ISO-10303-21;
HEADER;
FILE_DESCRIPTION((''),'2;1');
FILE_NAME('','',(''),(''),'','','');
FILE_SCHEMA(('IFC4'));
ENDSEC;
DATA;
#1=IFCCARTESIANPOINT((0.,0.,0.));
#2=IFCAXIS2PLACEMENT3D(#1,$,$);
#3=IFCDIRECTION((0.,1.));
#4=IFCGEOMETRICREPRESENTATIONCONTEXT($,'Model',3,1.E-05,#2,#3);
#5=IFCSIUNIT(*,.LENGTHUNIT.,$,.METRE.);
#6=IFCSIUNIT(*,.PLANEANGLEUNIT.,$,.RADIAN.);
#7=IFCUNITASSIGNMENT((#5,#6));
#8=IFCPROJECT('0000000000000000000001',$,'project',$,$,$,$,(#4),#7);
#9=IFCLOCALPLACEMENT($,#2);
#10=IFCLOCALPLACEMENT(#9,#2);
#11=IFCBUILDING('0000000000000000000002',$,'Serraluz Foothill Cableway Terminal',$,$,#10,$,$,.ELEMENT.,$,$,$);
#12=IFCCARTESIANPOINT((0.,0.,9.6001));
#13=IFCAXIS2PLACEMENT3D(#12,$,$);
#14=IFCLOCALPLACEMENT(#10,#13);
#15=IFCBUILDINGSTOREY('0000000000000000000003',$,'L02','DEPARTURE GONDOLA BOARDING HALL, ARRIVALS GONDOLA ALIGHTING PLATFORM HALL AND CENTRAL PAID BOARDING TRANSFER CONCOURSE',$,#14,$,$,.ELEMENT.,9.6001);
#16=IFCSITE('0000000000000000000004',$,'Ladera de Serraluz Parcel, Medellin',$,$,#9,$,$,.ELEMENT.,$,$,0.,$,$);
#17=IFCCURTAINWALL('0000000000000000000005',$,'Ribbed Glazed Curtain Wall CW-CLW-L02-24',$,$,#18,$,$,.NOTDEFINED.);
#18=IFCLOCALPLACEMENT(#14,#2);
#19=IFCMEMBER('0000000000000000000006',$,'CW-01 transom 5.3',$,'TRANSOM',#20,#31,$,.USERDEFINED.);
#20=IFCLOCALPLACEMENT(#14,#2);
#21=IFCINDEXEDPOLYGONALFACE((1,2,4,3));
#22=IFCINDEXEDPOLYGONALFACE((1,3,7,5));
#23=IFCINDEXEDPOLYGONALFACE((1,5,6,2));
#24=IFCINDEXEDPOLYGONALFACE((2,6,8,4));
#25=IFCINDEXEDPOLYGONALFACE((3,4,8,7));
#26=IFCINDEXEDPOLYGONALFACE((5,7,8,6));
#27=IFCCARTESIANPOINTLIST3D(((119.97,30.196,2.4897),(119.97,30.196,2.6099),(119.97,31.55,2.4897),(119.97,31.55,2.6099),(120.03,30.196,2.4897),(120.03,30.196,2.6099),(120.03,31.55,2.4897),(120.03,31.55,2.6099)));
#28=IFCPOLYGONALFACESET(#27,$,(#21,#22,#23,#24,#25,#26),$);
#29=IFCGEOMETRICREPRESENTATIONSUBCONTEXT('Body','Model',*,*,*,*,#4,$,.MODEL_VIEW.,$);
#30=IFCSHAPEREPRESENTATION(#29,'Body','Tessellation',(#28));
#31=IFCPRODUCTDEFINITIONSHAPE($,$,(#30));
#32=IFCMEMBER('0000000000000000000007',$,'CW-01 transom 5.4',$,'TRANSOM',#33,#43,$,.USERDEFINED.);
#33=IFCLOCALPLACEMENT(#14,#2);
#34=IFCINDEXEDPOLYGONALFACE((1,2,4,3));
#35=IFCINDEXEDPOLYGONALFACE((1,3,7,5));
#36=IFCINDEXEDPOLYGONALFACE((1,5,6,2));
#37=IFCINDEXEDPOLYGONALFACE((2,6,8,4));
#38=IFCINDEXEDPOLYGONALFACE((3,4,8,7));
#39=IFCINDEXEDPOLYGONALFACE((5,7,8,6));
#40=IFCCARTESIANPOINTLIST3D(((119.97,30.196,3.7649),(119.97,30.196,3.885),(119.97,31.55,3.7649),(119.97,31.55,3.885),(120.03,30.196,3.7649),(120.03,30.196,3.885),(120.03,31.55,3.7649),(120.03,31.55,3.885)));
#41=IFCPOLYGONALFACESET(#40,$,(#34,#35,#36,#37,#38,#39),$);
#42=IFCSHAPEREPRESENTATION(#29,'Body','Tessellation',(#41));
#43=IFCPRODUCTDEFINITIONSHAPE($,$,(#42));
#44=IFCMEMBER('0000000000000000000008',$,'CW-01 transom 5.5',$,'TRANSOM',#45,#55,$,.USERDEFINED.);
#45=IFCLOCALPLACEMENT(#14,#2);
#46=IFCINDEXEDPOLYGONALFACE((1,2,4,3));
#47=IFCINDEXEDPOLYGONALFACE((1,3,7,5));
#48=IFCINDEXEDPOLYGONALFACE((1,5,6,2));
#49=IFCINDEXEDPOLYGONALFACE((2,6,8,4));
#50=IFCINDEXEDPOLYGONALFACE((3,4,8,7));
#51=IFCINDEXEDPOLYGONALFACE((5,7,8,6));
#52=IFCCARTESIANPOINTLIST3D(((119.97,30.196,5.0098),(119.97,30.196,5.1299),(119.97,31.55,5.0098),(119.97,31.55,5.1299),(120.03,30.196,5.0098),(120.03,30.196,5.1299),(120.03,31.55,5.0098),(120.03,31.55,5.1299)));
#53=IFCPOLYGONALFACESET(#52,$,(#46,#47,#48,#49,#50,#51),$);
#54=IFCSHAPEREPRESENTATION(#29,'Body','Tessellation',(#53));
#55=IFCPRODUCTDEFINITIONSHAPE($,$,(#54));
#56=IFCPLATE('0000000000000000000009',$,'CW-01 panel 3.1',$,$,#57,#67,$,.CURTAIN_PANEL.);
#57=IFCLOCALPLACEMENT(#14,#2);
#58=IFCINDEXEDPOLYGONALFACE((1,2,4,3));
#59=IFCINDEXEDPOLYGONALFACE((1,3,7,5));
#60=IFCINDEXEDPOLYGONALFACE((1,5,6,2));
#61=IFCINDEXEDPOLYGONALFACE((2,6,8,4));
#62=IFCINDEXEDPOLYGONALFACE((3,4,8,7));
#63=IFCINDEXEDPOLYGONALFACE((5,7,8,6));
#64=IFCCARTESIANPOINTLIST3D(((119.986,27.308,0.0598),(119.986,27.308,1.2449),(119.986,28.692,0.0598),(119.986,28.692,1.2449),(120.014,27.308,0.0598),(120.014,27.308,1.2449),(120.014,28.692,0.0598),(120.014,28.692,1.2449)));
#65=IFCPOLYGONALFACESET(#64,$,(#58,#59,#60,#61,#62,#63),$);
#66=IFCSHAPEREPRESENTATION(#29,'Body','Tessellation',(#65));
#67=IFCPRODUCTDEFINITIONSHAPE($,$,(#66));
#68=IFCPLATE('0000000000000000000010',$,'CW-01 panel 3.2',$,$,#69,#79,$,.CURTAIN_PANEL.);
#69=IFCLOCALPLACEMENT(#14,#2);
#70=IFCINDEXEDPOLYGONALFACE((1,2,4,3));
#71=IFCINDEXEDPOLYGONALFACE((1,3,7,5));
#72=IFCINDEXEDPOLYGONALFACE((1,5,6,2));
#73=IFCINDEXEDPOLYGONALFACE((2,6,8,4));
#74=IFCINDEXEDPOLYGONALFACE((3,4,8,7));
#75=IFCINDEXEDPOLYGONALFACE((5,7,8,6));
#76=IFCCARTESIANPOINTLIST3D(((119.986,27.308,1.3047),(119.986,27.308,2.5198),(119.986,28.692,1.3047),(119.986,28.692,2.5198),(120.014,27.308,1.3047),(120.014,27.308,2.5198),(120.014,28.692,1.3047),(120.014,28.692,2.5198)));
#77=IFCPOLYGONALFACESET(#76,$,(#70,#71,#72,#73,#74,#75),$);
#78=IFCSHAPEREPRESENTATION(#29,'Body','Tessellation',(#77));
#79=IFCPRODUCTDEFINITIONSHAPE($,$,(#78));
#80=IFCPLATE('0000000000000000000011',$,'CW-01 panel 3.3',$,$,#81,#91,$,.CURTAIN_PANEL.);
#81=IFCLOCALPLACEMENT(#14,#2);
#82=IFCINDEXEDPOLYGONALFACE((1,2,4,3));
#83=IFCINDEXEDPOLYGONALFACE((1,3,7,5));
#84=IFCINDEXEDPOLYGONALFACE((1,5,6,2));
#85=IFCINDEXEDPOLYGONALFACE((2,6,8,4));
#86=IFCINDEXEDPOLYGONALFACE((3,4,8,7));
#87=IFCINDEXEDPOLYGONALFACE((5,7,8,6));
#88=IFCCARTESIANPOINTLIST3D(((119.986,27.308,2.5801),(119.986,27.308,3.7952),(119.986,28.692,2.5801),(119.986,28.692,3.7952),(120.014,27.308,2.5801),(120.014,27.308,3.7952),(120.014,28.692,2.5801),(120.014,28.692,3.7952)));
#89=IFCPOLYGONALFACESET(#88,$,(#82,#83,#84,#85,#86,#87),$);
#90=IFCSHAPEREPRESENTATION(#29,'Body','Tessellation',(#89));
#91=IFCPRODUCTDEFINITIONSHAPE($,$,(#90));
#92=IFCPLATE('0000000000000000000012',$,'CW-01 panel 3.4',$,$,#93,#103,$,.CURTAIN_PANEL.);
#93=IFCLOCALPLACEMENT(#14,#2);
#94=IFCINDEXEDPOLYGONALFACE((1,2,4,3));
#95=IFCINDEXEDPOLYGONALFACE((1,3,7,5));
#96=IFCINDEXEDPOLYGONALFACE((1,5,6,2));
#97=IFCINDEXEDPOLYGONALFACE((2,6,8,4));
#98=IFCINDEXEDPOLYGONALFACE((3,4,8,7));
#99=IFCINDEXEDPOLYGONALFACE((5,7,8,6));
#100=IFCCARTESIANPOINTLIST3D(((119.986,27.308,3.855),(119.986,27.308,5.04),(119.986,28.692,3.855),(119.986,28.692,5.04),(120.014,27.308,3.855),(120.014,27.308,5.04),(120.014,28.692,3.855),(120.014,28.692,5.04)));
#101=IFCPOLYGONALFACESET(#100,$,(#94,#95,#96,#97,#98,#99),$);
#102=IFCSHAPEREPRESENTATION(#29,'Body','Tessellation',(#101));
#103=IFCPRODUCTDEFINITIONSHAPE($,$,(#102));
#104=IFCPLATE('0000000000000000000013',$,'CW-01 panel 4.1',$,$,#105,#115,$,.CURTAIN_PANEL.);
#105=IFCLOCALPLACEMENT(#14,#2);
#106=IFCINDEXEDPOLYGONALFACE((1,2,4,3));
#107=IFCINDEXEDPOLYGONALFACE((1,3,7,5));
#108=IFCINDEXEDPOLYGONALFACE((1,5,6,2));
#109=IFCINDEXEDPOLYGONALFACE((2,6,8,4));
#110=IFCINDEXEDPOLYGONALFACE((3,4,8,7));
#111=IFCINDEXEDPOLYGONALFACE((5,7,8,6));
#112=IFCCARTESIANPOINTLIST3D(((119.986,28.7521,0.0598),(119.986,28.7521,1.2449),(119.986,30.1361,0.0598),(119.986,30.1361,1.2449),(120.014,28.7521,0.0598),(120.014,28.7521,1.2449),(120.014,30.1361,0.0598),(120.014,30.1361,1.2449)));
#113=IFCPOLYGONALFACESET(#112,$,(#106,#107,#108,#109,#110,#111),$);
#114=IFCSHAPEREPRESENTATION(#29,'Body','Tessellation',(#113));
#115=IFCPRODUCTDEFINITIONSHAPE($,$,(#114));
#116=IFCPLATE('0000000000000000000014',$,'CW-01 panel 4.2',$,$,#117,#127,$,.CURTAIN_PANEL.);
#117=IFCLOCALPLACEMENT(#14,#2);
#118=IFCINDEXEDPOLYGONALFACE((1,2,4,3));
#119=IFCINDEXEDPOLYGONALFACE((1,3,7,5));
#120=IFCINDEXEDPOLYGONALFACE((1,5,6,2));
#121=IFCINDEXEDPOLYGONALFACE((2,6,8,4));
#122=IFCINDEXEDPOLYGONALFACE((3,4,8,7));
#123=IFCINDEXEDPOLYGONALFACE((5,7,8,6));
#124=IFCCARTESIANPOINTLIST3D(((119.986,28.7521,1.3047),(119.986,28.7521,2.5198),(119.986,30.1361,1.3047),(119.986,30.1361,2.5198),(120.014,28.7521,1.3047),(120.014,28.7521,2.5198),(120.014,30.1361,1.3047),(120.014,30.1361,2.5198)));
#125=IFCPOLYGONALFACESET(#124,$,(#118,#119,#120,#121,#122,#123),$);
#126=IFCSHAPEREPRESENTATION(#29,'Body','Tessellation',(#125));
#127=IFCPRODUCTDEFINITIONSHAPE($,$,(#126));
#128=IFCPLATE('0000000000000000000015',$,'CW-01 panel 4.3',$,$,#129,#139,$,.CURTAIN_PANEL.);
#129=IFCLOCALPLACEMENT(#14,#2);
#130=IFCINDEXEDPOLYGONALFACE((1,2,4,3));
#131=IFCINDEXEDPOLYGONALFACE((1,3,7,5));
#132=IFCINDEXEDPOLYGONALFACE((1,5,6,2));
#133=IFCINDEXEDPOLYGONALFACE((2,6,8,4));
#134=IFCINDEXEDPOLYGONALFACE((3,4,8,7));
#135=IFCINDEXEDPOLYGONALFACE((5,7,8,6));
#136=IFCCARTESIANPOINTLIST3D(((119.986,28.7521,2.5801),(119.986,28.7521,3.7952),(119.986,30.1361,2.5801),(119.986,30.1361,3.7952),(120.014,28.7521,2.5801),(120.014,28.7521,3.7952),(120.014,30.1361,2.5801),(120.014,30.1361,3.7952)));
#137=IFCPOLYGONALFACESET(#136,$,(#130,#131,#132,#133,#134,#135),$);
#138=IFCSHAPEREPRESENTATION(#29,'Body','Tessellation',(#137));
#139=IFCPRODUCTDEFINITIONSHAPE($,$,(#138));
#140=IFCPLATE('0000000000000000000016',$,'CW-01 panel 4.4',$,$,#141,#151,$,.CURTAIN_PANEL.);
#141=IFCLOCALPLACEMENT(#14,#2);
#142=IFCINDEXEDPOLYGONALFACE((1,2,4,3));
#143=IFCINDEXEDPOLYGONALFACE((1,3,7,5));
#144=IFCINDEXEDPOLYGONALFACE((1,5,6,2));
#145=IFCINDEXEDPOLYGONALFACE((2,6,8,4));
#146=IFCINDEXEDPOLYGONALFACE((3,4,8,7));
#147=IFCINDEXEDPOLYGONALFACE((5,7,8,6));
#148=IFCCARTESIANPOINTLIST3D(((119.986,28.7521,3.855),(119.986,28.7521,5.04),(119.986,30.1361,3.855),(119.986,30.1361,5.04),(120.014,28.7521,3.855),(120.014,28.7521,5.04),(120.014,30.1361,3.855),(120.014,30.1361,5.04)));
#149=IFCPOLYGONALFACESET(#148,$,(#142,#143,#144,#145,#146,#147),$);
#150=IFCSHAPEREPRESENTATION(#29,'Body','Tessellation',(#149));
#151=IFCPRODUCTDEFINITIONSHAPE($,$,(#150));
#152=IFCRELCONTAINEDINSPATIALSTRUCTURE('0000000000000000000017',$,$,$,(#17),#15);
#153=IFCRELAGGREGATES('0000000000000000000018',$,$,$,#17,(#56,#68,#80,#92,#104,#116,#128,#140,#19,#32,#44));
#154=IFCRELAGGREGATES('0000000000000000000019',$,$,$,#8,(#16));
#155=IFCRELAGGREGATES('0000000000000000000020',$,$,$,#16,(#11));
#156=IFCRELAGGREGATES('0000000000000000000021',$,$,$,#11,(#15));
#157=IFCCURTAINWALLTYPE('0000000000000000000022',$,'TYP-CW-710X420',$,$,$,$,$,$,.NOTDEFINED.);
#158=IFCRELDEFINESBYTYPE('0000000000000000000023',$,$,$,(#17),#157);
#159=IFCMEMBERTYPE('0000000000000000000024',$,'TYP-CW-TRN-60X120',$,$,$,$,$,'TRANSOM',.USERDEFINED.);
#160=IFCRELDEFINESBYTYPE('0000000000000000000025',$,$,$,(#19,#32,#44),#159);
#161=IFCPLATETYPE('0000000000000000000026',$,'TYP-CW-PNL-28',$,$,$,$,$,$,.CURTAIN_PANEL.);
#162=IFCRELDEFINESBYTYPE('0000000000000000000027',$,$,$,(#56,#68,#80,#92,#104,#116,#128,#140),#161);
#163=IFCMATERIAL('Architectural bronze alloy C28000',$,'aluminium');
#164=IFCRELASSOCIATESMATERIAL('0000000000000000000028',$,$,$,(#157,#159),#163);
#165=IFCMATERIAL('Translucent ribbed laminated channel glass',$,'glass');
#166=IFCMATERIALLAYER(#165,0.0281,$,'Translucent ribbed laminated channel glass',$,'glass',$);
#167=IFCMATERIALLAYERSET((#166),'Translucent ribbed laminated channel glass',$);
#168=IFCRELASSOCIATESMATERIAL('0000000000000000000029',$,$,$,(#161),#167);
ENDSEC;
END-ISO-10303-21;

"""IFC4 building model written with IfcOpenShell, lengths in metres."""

from ifc_helpers import new_model, si_unit, direction, frame, origin, origin_2d, place, context, subcontext, project, spatial, rectangle, extrude, material, layer, layer_set, material_profile, profile_set, type_object, element, aggregate, save


model = new_model("IFC4")

# Units and contexts
model_context = context("Model", 3, precision=1e-05, world=origin(), true_north=direction((0.0, 1.0)))
body_context = subcontext(model_context, "Body", "Model", "MODEL_VIEW")
ifc_project = project(units=[si_unit("LENGTHUNIT", "METRE"), si_unit("PLANEANGLEUNIT", "RADIAN")], contexts=[model_context])

# Site, building, storey
site_placement = place(None, origin())
site = spatial("IfcSite", under=ifc_project, at=site_placement, Name="Ladera de Serraluz Parcel, Medellin", CompositionType="ELEMENT", RefElevation=0.0)
building_placement = place(site_placement, origin())
building = spatial("IfcBuilding", under=site, at=building_placement, Name="Serraluz Foothill Cableway Terminal", CompositionType="ELEMENT")
storey_placement = place(building_placement, frame((0.0, 0.0, 9.6001)))
storey = spatial("IfcBuildingStorey", under=building, at=storey_placement, Name="L02", Description="DEPARTURE GONDOLA BOARDING HALL, ARRIVALS GONDOLA ALIGHTING PLATFORM HALL AND CENTRAL PAID BOARDING TRANSFER CONCOURSE", CompositionType="ELEMENT", Elevation=9.6001)

# Curtain wall, members, plates
ifc_material_1 = material(Name="Architectural bronze alloy C28000", Category="aluminium")
curtain_wall_type = type_object("IfcCurtainWallType", Name="TYP-CW-710X420", PredefinedType="NOTDEFINED", material=ifc_material_1)
curtain_wall_placement = place(storey_placement, origin())
curtain_wall = element("IfcCurtainWall", 1, at=curtain_wall_placement, inside=storey, type_object=curtain_wall_type, Name="Ribbed Glazed Curtain Wall CW-CLW-L02-24", PredefinedType="NOTDEFINED")
ifc_material_profile_1 = material_profile(ifc_material_1, rectangle(XDim=0.0601, YDim=0.1201, at=origin_2d()), Name="ALU TRANSOM 60x120")
ifc_profile_set_1 = profile_set([ifc_material_profile_1], Name="Architectural bronze alloy C28000")
member_type_1 = type_object("IfcMemberType", Name="TYP-CW-TRN-60X120", ElementType="TRANSOM", PredefinedType="USERDEFINED", material=ifc_profile_set_1)
member_1_placement = place(storey_placement, frame((120.0, 30.196, 2.5498), z_axis=(0.0, 1.0, 0.0), x_axis=(-1.0, 0.0, 0.0)))
member_1 = element("IfcMember", 2, at=member_1_placement, type_object=member_type_1, Name="CW-01 transom 5.3", ObjectType="TRANSOM", PredefinedType="USERDEFINED", context=body_context, shape_type="SweptSolid", body=[
    extrude(rectangle(XDim=0.0601, YDim=0.1201, at=origin_2d()), origin(), (0.0, 0.0, 1.0), 1.354),
])
member_2_placement = place(storey_placement, frame((120.0, 30.196, 3.825), z_axis=(0.0, 1.0, 0.0), x_axis=(-1.0, 0.0, 0.0)))
member_2 = element("IfcMember", 3, at=member_2_placement, type_object=member_type_1, Name="CW-01 transom 5.4", ObjectType="TRANSOM", PredefinedType="USERDEFINED", context=body_context, shape_type="SweptSolid", body=[
    extrude(rectangle(XDim=0.0601, YDim=0.1201, at=origin_2d()), origin(), (0.0, 0.0, 1.0), 1.354),
])
member_3_placement = place(storey_placement, frame((120.0, 30.196, 5.0698), z_axis=(0.0, 1.0, 0.0), x_axis=(-1.0, 0.0, 0.0)))
member_3 = element("IfcMember", 4, at=member_3_placement, type_object=member_type_1, Name="CW-01 transom 5.5", ObjectType="TRANSOM", PredefinedType="USERDEFINED", context=body_context, shape_type="SweptSolid", body=[
    extrude(rectangle(XDim=0.0601, YDim=0.1201, at=origin_2d()), origin(), (0.0, 0.0, 1.0), 1.354),
])
ifc_material_2 = material(Name="Translucent ribbed laminated channel glass", Category="glass")
ifc_layer = layer(ifc_material_2, 0.0281, Name="Translucent ribbed laminated channel glass", Category="glass")
ifc_layer_set = layer_set([ifc_layer], Name="Translucent ribbed laminated channel glass")
plate_type = type_object("IfcPlateType", Name="TYP-CW-PNL-28", PredefinedType="CURTAIN_PANEL", material=ifc_layer_set)
plate_1_placement = place(storey_placement, frame((120.0, 28.0, 0.0598), z_axis=(0.0, 0.0, 1.0), x_axis=(0.0, 1.0, 0.0)))
plate_1 = element("IfcPlate", 5, at=plate_1_placement, type_object=plate_type, Name="CW-01 panel 3.1", PredefinedType="CURTAIN_PANEL", context=body_context, shape_type="SweptSolid", body=[
    extrude(rectangle(XDim=1.384, YDim=0.0281, at=origin_2d()), origin(), (0.0, 0.0, 1.0), 1.1851),
])
plate_2_placement = place(storey_placement, frame((120.0, 28.0, 1.3047), z_axis=(0.0, 0.0, 1.0), x_axis=(0.0, 1.0, 0.0)))
plate_2 = element("IfcPlate", 6, at=plate_2_placement, type_object=plate_type, Name="CW-01 panel 3.2", PredefinedType="CURTAIN_PANEL", context=body_context, shape_type="SweptSolid", body=[
    extrude(rectangle(XDim=1.384, YDim=0.0281, at=origin_2d()), origin(), (0.0, 0.0, 1.0), 1.2151),
])
plate_3_placement = place(storey_placement, frame((120.0, 28.0, 2.5801), z_axis=(0.0, 0.0, 1.0), x_axis=(0.0, 1.0, 0.0)))
plate_3 = element("IfcPlate", 7, at=plate_3_placement, type_object=plate_type, Name="CW-01 panel 3.3", PredefinedType="CURTAIN_PANEL", context=body_context, shape_type="SweptSolid", body=[
    extrude(rectangle(XDim=1.384, YDim=0.0281, at=origin_2d()), origin(), (0.0, 0.0, 1.0), 1.2151),
])
plate_4_placement = place(storey_placement, frame((120.0, 28.0, 3.855), z_axis=(0.0, 0.0, 1.0), x_axis=(0.0, 1.0, 0.0)))
plate_4 = element("IfcPlate", 8, at=plate_4_placement, type_object=plate_type, Name="CW-01 panel 3.4", PredefinedType="CURTAIN_PANEL", context=body_context, shape_type="SweptSolid", body=[
    extrude(rectangle(XDim=1.384, YDim=0.0281, at=origin_2d()), origin(), (0.0, 0.0, 1.0), 1.1851),
])
plate_5_placement = place(storey_placement, frame((120.0, 29.4441, 0.0598), z_axis=(0.0, 0.0, 1.0), x_axis=(0.0, 1.0, 0.0)))
plate_5 = element("IfcPlate", 9, at=plate_5_placement, type_object=plate_type, Name="CW-01 panel 4.1", PredefinedType="CURTAIN_PANEL", context=body_context, shape_type="SweptSolid", body=[
    extrude(rectangle(XDim=1.384, YDim=0.0281, at=origin_2d()), origin(), (0.0, 0.0, 1.0), 1.1851),
])
plate_6_placement = place(storey_placement, frame((120.0, 29.4441, 1.3047), z_axis=(0.0, 0.0, 1.0), x_axis=(0.0, 1.0, 0.0)))
plate_6 = element("IfcPlate", 10, at=plate_6_placement, type_object=plate_type, Name="CW-01 panel 4.2", PredefinedType="CURTAIN_PANEL", context=body_context, shape_type="SweptSolid", body=[
    extrude(rectangle(XDim=1.384, YDim=0.0281, at=origin_2d()), origin(), (0.0, 0.0, 1.0), 1.2151),
])
plate_7_placement = place(storey_placement, frame((120.0, 29.4441, 2.5801), z_axis=(0.0, 0.0, 1.0), x_axis=(0.0, 1.0, 0.0)))
plate_7 = element("IfcPlate", 11, at=plate_7_placement, type_object=plate_type, Name="CW-01 panel 4.3", PredefinedType="CURTAIN_PANEL", context=body_context, shape_type="SweptSolid", body=[
    extrude(rectangle(XDim=1.384, YDim=0.0281, at=origin_2d()), origin(), (0.0, 0.0, 1.0), 1.2151),
])
plate_8_placement = place(storey_placement, frame((120.0, 29.4441, 3.855), z_axis=(0.0, 0.0, 1.0), x_axis=(0.0, 1.0, 0.0)))
plate_8 = element("IfcPlate", 12, at=plate_8_placement, type_object=plate_type, Name="CW-01 panel 4.4", PredefinedType="CURTAIN_PANEL", context=body_context, shape_type="SweptSolid", body=[
    extrude(rectangle(XDim=1.384, YDim=0.0281, at=origin_2d()), origin(), (0.0, 0.0, 1.0), 1.1851),
])
aggregate(curtain_wall, [plate_1, plate_2, plate_3, plate_4, plate_5, plate_6, plate_7, plate_8, member_1, member_2, member_3])

save(model, "model.ifc")
